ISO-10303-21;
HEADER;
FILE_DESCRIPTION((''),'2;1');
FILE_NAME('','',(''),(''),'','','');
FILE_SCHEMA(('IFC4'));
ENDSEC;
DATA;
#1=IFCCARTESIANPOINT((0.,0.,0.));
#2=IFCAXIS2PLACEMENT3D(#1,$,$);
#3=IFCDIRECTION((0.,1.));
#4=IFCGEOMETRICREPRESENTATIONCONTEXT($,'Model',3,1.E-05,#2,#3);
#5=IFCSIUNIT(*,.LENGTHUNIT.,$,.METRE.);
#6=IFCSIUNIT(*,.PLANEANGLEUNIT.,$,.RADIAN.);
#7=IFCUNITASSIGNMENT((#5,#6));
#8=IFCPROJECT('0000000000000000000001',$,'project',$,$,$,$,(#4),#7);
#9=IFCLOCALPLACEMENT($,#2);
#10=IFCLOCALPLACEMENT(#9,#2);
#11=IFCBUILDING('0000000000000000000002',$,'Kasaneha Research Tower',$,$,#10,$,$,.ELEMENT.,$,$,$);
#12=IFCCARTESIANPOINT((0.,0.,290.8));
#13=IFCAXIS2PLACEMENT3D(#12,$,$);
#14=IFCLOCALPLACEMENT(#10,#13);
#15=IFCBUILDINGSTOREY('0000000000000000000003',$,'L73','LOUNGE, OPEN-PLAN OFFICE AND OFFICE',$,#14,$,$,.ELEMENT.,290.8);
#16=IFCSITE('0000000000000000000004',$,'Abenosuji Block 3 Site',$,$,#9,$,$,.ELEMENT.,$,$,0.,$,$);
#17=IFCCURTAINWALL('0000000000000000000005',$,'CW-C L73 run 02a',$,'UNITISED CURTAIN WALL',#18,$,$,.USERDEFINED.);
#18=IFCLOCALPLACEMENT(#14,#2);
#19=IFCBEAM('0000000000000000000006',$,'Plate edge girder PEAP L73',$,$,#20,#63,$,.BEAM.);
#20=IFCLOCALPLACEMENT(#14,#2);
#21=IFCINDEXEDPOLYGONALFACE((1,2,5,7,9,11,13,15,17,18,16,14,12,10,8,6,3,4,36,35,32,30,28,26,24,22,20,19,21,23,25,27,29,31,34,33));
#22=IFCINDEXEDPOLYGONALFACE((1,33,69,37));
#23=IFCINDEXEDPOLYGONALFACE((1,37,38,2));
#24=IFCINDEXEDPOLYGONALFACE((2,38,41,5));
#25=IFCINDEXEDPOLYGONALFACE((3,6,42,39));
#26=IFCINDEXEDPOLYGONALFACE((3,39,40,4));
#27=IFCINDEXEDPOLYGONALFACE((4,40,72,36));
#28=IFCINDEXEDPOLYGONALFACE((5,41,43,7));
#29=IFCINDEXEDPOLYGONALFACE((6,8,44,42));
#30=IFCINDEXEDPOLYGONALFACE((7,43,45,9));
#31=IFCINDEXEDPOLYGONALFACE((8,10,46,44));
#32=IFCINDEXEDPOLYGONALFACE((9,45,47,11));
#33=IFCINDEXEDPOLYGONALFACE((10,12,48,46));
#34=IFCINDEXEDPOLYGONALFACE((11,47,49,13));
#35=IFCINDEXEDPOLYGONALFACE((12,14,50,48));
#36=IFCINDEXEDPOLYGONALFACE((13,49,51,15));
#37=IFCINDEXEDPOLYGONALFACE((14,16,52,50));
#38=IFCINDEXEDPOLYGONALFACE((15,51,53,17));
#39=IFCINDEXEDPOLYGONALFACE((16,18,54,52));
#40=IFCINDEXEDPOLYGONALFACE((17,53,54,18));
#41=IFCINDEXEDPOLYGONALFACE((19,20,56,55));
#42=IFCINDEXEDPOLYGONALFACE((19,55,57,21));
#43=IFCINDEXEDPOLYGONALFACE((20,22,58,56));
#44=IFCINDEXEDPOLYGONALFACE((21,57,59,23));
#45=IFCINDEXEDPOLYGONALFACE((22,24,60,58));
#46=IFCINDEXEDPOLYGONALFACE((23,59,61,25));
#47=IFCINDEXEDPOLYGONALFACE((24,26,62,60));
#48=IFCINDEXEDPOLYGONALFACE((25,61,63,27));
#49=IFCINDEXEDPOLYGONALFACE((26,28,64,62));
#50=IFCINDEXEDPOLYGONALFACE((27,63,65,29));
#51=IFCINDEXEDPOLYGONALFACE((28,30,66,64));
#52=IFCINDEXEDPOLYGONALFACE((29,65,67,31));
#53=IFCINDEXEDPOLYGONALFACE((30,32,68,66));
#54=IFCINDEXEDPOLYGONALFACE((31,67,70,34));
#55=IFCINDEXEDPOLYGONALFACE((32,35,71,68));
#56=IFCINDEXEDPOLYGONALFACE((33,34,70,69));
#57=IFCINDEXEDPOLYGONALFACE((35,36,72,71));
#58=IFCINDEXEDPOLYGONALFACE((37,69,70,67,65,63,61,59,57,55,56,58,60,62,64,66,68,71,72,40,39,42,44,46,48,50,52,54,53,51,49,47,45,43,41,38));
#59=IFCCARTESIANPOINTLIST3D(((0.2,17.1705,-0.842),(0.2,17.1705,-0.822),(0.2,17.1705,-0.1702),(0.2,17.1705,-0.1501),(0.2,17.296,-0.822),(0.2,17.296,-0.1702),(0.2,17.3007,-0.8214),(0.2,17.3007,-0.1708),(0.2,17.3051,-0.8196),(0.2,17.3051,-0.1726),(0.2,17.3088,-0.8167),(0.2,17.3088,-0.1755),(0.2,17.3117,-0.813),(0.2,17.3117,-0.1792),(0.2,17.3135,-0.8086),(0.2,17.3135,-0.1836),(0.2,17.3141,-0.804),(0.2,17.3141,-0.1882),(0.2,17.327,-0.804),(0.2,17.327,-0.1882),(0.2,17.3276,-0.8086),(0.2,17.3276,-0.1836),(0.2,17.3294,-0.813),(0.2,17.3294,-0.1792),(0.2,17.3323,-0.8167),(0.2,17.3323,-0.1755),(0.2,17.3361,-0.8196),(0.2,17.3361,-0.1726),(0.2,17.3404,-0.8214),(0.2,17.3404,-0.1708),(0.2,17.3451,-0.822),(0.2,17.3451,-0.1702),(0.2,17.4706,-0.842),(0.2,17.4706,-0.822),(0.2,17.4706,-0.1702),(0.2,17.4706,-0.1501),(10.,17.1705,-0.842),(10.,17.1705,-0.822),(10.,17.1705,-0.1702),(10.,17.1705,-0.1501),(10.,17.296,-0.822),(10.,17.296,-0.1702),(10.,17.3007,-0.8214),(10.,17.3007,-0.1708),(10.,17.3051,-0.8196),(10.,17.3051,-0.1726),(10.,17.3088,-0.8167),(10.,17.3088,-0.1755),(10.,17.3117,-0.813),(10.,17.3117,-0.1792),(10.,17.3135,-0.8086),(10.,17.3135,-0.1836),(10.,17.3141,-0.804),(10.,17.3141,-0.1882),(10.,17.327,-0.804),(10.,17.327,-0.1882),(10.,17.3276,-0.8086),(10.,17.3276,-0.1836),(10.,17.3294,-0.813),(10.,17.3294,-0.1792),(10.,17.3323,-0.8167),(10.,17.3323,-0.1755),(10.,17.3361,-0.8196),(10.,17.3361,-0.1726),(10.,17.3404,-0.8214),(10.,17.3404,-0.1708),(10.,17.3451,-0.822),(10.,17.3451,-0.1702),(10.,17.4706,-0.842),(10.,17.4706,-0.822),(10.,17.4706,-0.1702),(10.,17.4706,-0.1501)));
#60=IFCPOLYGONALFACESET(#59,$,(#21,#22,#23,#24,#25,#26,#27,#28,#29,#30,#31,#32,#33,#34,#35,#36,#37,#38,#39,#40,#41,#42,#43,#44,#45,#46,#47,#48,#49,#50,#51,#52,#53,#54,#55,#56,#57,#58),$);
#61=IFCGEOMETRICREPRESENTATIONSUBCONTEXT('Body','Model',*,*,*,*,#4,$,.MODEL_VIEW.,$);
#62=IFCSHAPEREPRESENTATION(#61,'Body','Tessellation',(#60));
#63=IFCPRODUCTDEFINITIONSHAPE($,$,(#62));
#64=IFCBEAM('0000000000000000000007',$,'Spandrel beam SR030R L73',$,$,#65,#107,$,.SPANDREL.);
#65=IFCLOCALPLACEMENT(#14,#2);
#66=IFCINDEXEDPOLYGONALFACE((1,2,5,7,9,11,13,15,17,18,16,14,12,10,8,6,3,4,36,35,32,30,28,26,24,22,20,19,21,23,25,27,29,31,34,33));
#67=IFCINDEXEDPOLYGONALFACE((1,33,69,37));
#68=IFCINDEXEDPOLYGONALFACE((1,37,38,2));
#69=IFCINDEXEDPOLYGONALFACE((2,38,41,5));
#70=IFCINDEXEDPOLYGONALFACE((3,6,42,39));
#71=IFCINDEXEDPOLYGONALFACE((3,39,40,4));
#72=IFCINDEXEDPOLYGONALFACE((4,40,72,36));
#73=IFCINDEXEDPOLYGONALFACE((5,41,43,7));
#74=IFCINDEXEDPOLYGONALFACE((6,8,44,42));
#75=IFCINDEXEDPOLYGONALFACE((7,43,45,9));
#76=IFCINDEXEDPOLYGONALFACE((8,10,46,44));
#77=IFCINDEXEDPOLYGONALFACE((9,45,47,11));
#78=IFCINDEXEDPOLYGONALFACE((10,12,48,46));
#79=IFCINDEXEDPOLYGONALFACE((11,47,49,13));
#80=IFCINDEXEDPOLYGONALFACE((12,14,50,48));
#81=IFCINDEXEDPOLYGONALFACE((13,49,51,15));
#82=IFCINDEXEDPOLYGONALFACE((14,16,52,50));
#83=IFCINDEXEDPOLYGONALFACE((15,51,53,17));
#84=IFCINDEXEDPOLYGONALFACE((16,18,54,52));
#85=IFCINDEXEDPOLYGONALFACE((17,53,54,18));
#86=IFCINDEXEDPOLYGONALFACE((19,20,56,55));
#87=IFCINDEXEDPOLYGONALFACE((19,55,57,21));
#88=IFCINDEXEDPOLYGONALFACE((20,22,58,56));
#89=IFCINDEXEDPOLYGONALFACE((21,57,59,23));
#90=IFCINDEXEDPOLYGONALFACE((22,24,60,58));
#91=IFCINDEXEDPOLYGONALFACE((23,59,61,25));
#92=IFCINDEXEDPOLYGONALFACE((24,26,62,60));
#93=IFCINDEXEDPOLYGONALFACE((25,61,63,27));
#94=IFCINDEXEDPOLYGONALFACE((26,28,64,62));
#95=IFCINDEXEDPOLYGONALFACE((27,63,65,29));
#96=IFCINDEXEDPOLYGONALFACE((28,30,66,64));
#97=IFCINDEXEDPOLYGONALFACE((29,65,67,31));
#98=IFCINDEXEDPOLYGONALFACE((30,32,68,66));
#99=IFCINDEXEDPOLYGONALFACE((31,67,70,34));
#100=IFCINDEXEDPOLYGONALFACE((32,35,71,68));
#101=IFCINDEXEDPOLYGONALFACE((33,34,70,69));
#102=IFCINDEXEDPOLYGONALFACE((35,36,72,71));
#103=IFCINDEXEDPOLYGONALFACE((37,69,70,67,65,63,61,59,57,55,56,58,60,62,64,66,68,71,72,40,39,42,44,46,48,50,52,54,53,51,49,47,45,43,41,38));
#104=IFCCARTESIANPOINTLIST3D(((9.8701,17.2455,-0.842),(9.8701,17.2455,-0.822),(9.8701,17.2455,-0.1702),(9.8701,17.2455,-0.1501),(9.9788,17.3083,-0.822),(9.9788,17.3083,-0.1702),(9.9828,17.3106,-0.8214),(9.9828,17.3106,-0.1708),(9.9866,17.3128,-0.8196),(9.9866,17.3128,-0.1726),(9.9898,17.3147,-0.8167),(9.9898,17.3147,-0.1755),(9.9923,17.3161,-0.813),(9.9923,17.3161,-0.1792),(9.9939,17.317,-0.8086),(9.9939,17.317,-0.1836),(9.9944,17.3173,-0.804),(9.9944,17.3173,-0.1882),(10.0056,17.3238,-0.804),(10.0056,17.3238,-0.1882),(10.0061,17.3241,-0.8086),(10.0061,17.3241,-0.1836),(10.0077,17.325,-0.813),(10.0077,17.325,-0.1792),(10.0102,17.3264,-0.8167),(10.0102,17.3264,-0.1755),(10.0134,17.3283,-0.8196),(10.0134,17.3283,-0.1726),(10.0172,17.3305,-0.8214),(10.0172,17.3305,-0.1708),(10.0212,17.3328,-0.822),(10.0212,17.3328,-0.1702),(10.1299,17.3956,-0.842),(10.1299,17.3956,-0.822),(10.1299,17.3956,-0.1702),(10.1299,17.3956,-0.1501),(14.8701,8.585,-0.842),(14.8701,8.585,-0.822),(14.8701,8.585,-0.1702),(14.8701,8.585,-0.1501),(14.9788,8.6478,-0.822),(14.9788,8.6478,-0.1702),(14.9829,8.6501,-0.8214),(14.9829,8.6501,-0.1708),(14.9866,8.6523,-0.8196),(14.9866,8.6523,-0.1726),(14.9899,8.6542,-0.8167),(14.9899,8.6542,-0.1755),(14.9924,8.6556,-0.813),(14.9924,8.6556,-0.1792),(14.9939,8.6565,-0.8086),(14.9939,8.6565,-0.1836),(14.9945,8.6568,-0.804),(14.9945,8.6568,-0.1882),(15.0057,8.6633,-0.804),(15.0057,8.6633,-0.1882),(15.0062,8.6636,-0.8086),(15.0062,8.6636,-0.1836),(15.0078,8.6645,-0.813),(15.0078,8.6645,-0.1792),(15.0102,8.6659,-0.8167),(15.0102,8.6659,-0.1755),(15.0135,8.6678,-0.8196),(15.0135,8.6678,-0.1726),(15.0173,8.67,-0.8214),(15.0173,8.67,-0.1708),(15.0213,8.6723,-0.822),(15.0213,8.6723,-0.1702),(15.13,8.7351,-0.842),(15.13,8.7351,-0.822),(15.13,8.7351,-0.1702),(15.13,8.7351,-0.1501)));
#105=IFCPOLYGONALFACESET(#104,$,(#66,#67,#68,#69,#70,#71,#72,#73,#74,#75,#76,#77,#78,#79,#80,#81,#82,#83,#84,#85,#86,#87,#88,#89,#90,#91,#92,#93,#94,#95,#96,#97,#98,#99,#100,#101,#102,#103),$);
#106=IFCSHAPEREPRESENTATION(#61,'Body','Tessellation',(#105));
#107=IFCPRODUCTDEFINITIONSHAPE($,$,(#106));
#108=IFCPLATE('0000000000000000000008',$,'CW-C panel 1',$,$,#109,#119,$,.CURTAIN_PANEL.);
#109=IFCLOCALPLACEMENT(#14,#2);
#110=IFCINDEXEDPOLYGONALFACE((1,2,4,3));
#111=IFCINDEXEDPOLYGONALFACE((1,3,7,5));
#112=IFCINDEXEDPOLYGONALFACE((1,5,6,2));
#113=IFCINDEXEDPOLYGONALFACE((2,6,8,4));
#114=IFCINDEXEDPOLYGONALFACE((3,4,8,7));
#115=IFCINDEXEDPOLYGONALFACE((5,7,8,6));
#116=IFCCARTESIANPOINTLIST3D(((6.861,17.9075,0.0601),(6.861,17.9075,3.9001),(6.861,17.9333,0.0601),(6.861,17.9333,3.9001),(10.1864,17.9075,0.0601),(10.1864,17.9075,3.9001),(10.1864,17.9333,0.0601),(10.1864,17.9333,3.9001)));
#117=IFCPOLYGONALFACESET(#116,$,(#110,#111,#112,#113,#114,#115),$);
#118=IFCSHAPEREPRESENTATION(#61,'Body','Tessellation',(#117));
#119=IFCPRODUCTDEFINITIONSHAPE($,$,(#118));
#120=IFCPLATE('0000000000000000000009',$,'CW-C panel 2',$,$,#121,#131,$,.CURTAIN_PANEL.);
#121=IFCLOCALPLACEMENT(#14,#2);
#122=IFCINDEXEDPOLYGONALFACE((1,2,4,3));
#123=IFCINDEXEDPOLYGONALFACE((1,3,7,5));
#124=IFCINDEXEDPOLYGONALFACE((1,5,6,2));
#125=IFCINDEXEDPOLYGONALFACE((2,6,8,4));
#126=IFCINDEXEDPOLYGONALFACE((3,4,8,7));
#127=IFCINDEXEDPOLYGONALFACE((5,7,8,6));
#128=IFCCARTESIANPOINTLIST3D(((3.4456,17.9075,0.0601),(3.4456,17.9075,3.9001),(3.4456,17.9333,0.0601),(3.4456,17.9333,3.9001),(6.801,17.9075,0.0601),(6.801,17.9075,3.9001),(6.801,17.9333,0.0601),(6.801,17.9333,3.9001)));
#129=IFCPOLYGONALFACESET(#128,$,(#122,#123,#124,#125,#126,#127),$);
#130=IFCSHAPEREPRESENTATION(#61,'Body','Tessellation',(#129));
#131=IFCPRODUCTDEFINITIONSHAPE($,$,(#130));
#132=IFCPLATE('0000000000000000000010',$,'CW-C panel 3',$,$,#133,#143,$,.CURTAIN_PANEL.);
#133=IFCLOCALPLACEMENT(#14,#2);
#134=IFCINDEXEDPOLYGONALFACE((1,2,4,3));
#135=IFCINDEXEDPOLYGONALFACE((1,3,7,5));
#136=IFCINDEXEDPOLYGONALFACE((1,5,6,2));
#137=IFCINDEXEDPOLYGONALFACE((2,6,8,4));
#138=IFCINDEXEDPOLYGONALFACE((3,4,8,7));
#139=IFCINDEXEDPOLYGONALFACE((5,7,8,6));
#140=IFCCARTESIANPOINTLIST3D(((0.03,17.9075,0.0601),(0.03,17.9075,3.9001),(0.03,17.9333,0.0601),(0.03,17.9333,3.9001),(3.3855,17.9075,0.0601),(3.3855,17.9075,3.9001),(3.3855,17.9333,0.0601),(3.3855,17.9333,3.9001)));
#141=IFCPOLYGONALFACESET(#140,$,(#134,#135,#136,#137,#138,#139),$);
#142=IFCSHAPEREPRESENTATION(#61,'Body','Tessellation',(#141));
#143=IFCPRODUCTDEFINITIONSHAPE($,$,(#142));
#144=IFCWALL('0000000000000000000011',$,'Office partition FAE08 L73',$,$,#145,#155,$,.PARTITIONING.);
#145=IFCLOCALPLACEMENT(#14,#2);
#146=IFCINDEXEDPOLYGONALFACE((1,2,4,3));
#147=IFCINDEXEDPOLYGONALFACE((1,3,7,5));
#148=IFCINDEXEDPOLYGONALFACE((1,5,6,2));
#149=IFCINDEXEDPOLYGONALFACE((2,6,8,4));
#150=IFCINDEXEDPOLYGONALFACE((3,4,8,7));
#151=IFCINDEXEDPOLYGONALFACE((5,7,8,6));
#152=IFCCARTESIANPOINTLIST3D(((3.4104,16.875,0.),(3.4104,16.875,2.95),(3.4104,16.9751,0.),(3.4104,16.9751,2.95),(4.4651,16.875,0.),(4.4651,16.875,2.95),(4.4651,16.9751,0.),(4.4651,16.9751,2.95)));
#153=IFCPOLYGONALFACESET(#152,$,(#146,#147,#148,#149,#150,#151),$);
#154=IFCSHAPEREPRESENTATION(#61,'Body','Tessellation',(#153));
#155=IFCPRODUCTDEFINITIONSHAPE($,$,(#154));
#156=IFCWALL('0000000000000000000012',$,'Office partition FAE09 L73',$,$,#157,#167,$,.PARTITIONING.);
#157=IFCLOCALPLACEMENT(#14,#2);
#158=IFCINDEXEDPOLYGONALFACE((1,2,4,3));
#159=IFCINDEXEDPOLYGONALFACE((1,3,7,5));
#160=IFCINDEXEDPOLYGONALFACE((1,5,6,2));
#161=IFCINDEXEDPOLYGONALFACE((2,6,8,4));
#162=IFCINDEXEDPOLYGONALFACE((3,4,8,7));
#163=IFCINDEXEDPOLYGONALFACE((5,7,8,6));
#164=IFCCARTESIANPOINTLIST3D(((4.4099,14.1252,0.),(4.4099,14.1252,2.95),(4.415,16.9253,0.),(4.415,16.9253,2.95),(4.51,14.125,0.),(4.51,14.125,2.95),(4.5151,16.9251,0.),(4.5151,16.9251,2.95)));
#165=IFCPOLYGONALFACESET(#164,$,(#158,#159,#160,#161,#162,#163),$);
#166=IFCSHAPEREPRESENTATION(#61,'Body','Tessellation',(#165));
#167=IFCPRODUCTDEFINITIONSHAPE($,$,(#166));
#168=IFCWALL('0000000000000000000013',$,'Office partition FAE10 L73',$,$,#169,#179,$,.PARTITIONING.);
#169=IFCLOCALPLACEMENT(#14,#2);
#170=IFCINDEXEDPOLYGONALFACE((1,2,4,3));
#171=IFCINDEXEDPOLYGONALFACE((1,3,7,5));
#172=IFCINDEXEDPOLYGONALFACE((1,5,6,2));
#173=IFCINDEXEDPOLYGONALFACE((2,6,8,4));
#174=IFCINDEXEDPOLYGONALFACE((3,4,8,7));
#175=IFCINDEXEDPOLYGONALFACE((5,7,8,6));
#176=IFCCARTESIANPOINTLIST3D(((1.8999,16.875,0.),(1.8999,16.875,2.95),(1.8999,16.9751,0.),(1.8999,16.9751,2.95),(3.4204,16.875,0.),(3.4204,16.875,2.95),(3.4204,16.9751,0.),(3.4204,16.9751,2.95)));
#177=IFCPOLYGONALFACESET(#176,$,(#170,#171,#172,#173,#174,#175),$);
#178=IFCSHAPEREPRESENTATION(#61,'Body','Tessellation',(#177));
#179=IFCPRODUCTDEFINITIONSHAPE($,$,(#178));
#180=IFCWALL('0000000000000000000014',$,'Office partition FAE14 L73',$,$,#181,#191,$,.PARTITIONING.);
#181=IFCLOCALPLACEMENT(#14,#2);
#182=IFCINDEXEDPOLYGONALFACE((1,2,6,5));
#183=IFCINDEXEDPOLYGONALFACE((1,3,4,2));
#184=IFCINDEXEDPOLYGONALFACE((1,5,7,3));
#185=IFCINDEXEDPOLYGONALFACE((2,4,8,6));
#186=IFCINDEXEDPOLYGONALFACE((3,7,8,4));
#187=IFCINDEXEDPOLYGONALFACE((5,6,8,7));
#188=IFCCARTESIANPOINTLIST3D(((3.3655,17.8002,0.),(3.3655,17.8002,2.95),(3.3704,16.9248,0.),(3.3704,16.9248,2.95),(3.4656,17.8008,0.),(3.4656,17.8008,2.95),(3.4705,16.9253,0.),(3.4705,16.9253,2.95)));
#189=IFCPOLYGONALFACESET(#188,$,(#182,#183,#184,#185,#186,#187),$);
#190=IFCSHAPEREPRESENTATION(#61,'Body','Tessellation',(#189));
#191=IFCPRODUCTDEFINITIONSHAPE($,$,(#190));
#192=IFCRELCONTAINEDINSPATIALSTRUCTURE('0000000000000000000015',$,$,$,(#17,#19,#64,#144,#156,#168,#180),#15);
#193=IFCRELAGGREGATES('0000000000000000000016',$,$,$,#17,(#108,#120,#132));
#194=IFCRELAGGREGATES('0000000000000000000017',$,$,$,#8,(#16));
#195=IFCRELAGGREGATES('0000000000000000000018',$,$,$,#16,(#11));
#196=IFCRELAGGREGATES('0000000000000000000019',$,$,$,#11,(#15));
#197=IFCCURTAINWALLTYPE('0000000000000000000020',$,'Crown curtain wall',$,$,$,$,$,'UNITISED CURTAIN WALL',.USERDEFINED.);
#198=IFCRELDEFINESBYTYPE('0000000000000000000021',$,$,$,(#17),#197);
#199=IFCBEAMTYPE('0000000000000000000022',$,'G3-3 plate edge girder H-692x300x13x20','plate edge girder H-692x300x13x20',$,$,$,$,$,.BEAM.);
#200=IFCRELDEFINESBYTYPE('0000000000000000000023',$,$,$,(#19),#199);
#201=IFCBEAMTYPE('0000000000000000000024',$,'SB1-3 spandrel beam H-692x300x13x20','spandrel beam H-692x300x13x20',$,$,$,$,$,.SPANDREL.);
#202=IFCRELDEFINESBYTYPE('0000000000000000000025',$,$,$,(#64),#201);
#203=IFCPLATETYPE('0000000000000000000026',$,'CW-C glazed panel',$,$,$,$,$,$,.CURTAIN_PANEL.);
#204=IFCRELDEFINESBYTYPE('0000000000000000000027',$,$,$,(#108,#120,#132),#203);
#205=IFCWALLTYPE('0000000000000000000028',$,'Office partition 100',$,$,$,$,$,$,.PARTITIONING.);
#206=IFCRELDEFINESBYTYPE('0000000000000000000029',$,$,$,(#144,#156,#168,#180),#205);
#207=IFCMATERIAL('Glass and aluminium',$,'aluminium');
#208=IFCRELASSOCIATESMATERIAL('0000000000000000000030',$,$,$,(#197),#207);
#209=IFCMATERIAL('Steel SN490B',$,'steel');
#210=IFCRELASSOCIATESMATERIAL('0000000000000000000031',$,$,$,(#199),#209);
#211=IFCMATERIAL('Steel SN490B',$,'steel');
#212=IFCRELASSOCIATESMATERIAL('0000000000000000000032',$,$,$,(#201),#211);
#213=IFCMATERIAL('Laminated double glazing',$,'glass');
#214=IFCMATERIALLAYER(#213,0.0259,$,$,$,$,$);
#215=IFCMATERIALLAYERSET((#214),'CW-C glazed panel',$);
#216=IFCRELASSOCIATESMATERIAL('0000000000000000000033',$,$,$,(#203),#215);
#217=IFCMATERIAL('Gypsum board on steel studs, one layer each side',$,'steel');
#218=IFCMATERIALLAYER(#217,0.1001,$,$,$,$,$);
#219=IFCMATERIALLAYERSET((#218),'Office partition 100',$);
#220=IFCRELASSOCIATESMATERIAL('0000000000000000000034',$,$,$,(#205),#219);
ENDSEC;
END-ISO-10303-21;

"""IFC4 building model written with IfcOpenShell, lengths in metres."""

from ifc_helpers import new_model, si_unit, direction, frame, frame_2d, origin, origin_2d, place, context, subcontext, project, spatial, rectangle, i_section, extrude, material, layer, layer_set, material_profile, profile_set, type_object, element, aggregate, save


model = new_model("IFC4")

# Units and contexts
model_context = context("Model", 3, precision=1e-05, world=origin(), true_north=direction((0.0, 1.0)))
body_context = subcontext(model_context, "Body", "Model", "MODEL_VIEW")
ifc_project = project(units=[si_unit("LENGTHUNIT", "METRE"), si_unit("PLANEANGLEUNIT", "RADIAN")], contexts=[model_context])

# Site, building, storey
site_placement = place(None, origin())
site = spatial("IfcSite", under=ifc_project, at=site_placement, Name="Abenosuji Block 3 Site", CompositionType="ELEMENT", RefElevation=0.0)
building_placement = place(site_placement, origin())
building = spatial("IfcBuilding", under=site, at=building_placement, Name="Kasaneha Research Tower", CompositionType="ELEMENT")
storey_placement = place(building_placement, frame((0.0, 0.0, 290.8)))
storey = spatial("IfcBuildingStorey", under=building, at=storey_placement, Name="L73", Description="LOUNGE, OPEN-PLAN OFFICE AND OFFICE", CompositionType="ELEMENT", Elevation=290.8)

# Curtain wall
ifc_material_1 = material(Name="Glass and aluminium", Category="aluminium")
curtain_wall_type = type_object("IfcCurtainWallType", Name="Crown curtain wall", ElementType="UNITISED CURTAIN WALL", PredefinedType="USERDEFINED", material=ifc_material_1)
curtain_wall_placement = place(storey_placement, origin())
curtain_wall = element("IfcCurtainWall", 1, at=curtain_wall_placement, inside=storey, type_object=curtain_wall_type, Name="CW-C L73 run 02a", ObjectType="UNITISED CURTAIN WALL", PredefinedType="USERDEFINED")

# Beams
ifc_material_2 = material(Name="Steel SN490B", Category="steel")
ifc_material_profile_1 = material_profile(ifc_material_2, i_section(OverallWidth=0.3, OverallDepth=0.6919, WebThickness=0.0129, FlangeThickness=0.02, FilletRadius=0.0181, at=origin_2d()), Name="H-692x300x13x20")
ifc_profile_set_1 = profile_set([ifc_material_profile_1], Name="Steel SN490B")
beam_type_1 = type_object("IfcBeamType", Name="G3-3 plate edge girder H-692x300x13x20", Description="plate edge girder H-692x300x13x20", PredefinedType="BEAM", material=ifc_profile_set_1)
beam_1_placement = place(storey_placement, frame((10.0, 17.3206, -0.4961), z_axis=(-1.0, 0.0, 0.0), x_axis=(0.0, -1.0, 0.0)))
element("IfcBeam", 2, at=beam_1_placement, inside=storey, type_object=beam_type_1, Name="Plate edge girder PEAP L73", PredefinedType="BEAM", context=body_context, shape_type="SweptSolid", body=[
    extrude(i_section(OverallWidth=0.3, OverallDepth=0.6919, WebThickness=0.0129, FlangeThickness=0.02, FilletRadius=0.0181, at=origin_2d()), origin(), (0.0, 0.0, 1.0), 9.8),
])
ifc_material_3 = material(Name="Steel SN490B", Category="steel")
ifc_material_profile_2 = material_profile(ifc_material_3, i_section(OverallWidth=0.3, OverallDepth=0.6919, WebThickness=0.0129, FlangeThickness=0.02, FilletRadius=0.0181, at=origin_2d()), Name="H-692x300x13x20")
ifc_profile_set_2 = profile_set([ifc_material_profile_2], Name="Steel SN490B")
beam_type_2 = type_object("IfcBeamType", Name="SB1-3 spandrel beam H-692x300x13x20", Description="spandrel beam H-692x300x13x20", PredefinedType="SPANDREL", material=ifc_profile_set_2)
beam_2_placement = place(storey_placement, frame((10.0, 17.3206, -0.4961), z_axis=(0.499994, -0.866029, 0.0), x_axis=(0.866029, 0.499994, 0.0)))
element("IfcBeam", 3, at=beam_2_placement, inside=storey, type_object=beam_type_2, Name="Spandrel beam SR030R L73", PredefinedType="SPANDREL", context=body_context, shape_type="SweptSolid", body=[
    extrude(i_section(OverallWidth=0.3, OverallDepth=0.6919, WebThickness=0.0129, FlangeThickness=0.02, FilletRadius=0.0181, at=origin_2d()), origin(), (0.0, 0.0, 1.0), 10.0002),
])

# Plates
ifc_material_4 = material(Name="Laminated double glazing", Category="glass")
ifc_layer_1 = layer(ifc_material_4, 0.0259)
ifc_layer_set_1 = layer_set([ifc_layer_1], Name="CW-C glazed panel")
plate_type = type_object("IfcPlateType", Name="CW-C glazed panel", PredefinedType="CURTAIN_PANEL", material=ifc_layer_set_1)
plate_1_placement = place(storey_placement, frame((8.5237, 17.9204, 0.0601), z_axis=(0.0, 0.0, 1.0), x_axis=(-1.0, 0.0, 0.0)))
plate_1 = element("IfcPlate", 4, at=plate_1_placement, type_object=plate_type, Name="CW-C panel 1", PredefinedType="CURTAIN_PANEL", context=body_context, shape_type="SweptSolid", body=[
    extrude(rectangle(XDim=3.3254, YDim=0.0259, at=origin_2d()), origin(), (0.0, 0.0, 1.0), 3.8401),
])
plate_2_placement = place(storey_placement, frame((5.1233, 17.9204, 0.0601), z_axis=(0.0, 0.0, 1.0), x_axis=(-1.0, 0.0, 0.0)))
plate_2 = element("IfcPlate", 5, at=plate_2_placement, type_object=plate_type, Name="CW-C panel 2", PredefinedType="CURTAIN_PANEL", context=body_context, shape_type="SweptSolid", body=[
    extrude(rectangle(XDim=3.3555, YDim=0.0259, at=origin_2d()), origin(), (0.0, 0.0, 1.0), 3.8401),
])
plate_3_placement = place(storey_placement, frame((1.7078, 17.9204, 0.0601), z_axis=(0.0, 0.0, 1.0), x_axis=(-1.0, 0.0, 0.0)))
plate_3 = element("IfcPlate", 6, at=plate_3_placement, type_object=plate_type, Name="CW-C panel 3", PredefinedType="CURTAIN_PANEL", context=body_context, shape_type="SweptSolid", body=[
    extrude(rectangle(XDim=3.3555, YDim=0.0259, at=origin_2d()), origin(), (0.0, 0.0, 1.0), 3.8401),
])
aggregate(curtain_wall, [plate_1, plate_2, plate_3])

# Walls
ifc_material_5 = material(Name="Gypsum board on steel studs, one layer each side", Category="steel")
ifc_layer_2 = layer(ifc_material_5, 0.1001)
ifc_layer_set_2 = layer_set([ifc_layer_2], Name="Office partition 100")
wall_type_1 = type_object("IfcWallType", Name="Office partition 100", PredefinedType="PARTITIONING", material=ifc_layer_set_2)
wall_1_placement = place(storey_placement, frame((3.4104, 16.925, 0.0), z_axis=(0.0, 0.0, 1.0), x_axis=(1.0, 0.0, 0.0)))
element("IfcWall", 7, at=wall_1_placement, inside=storey, type_object=wall_type_1, Name="Office partition FAE08 L73", PredefinedType="PARTITIONING", context=body_context, shape_type="SweptSolid", body=[
    extrude(rectangle(XDim=1.0547, YDim=0.1001, at=frame_2d((0.5273, 0.0))), origin(), (0.0, 0.0, 1.0), 2.95),
])
wall_2_placement = place(storey_placement, frame((4.4651, 16.925, 0.0), z_axis=(0.0, 0.0, 1.0), x_axis=(-0.001831, -0.999998, 0.0)))
element("IfcWall", 8, at=wall_2_placement, inside=storey, type_object=wall_type_1, Name="Office partition FAE09 L73", PredefinedType="PARTITIONING", context=body_context, shape_type="SweptSolid", body=[
    extrude(rectangle(XDim=2.8, YDim=0.1001, at=frame_2d((1.3999, 0.0))), origin(), (0.0, 0.0, 1.0), 2.95),
])
wall_3_placement = place(storey_placement, frame((1.8999, 16.925, 0.0), z_axis=(0.0, 0.0, 1.0), x_axis=(1.0, 0.0, 0.0)))
element("IfcWall", 9, at=wall_3_placement, inside=storey, type_object=wall_type_1, Name="Office partition FAE10 L73", PredefinedType="PARTITIONING", context=body_context, shape_type="SweptSolid", body=[
    extrude(rectangle(XDim=1.5205, YDim=0.1001, at=frame_2d((0.7603, 0.0))), origin(), (0.0, 0.0, 1.0), 2.95),
])
wall_4_placement = place(storey_placement, frame((3.4204, 16.925, 0.0), z_axis=(0.0, 0.0, 1.0), x_axis=(-0.005577, 0.999984, 0.0)))
element("IfcWall", 10, at=wall_4_placement, inside=storey, type_object=wall_type_1, Name="Office partition FAE14 L73", PredefinedType="PARTITIONING", context=body_context, shape_type="SweptSolid", body=[
    extrude(rectangle(XDim=0.8755, YDim=0.1001, at=frame_2d((0.4377, 0.0))), origin(), (0.0, 0.0, 1.0), 2.95),
])

save(model, "model.ifc")
